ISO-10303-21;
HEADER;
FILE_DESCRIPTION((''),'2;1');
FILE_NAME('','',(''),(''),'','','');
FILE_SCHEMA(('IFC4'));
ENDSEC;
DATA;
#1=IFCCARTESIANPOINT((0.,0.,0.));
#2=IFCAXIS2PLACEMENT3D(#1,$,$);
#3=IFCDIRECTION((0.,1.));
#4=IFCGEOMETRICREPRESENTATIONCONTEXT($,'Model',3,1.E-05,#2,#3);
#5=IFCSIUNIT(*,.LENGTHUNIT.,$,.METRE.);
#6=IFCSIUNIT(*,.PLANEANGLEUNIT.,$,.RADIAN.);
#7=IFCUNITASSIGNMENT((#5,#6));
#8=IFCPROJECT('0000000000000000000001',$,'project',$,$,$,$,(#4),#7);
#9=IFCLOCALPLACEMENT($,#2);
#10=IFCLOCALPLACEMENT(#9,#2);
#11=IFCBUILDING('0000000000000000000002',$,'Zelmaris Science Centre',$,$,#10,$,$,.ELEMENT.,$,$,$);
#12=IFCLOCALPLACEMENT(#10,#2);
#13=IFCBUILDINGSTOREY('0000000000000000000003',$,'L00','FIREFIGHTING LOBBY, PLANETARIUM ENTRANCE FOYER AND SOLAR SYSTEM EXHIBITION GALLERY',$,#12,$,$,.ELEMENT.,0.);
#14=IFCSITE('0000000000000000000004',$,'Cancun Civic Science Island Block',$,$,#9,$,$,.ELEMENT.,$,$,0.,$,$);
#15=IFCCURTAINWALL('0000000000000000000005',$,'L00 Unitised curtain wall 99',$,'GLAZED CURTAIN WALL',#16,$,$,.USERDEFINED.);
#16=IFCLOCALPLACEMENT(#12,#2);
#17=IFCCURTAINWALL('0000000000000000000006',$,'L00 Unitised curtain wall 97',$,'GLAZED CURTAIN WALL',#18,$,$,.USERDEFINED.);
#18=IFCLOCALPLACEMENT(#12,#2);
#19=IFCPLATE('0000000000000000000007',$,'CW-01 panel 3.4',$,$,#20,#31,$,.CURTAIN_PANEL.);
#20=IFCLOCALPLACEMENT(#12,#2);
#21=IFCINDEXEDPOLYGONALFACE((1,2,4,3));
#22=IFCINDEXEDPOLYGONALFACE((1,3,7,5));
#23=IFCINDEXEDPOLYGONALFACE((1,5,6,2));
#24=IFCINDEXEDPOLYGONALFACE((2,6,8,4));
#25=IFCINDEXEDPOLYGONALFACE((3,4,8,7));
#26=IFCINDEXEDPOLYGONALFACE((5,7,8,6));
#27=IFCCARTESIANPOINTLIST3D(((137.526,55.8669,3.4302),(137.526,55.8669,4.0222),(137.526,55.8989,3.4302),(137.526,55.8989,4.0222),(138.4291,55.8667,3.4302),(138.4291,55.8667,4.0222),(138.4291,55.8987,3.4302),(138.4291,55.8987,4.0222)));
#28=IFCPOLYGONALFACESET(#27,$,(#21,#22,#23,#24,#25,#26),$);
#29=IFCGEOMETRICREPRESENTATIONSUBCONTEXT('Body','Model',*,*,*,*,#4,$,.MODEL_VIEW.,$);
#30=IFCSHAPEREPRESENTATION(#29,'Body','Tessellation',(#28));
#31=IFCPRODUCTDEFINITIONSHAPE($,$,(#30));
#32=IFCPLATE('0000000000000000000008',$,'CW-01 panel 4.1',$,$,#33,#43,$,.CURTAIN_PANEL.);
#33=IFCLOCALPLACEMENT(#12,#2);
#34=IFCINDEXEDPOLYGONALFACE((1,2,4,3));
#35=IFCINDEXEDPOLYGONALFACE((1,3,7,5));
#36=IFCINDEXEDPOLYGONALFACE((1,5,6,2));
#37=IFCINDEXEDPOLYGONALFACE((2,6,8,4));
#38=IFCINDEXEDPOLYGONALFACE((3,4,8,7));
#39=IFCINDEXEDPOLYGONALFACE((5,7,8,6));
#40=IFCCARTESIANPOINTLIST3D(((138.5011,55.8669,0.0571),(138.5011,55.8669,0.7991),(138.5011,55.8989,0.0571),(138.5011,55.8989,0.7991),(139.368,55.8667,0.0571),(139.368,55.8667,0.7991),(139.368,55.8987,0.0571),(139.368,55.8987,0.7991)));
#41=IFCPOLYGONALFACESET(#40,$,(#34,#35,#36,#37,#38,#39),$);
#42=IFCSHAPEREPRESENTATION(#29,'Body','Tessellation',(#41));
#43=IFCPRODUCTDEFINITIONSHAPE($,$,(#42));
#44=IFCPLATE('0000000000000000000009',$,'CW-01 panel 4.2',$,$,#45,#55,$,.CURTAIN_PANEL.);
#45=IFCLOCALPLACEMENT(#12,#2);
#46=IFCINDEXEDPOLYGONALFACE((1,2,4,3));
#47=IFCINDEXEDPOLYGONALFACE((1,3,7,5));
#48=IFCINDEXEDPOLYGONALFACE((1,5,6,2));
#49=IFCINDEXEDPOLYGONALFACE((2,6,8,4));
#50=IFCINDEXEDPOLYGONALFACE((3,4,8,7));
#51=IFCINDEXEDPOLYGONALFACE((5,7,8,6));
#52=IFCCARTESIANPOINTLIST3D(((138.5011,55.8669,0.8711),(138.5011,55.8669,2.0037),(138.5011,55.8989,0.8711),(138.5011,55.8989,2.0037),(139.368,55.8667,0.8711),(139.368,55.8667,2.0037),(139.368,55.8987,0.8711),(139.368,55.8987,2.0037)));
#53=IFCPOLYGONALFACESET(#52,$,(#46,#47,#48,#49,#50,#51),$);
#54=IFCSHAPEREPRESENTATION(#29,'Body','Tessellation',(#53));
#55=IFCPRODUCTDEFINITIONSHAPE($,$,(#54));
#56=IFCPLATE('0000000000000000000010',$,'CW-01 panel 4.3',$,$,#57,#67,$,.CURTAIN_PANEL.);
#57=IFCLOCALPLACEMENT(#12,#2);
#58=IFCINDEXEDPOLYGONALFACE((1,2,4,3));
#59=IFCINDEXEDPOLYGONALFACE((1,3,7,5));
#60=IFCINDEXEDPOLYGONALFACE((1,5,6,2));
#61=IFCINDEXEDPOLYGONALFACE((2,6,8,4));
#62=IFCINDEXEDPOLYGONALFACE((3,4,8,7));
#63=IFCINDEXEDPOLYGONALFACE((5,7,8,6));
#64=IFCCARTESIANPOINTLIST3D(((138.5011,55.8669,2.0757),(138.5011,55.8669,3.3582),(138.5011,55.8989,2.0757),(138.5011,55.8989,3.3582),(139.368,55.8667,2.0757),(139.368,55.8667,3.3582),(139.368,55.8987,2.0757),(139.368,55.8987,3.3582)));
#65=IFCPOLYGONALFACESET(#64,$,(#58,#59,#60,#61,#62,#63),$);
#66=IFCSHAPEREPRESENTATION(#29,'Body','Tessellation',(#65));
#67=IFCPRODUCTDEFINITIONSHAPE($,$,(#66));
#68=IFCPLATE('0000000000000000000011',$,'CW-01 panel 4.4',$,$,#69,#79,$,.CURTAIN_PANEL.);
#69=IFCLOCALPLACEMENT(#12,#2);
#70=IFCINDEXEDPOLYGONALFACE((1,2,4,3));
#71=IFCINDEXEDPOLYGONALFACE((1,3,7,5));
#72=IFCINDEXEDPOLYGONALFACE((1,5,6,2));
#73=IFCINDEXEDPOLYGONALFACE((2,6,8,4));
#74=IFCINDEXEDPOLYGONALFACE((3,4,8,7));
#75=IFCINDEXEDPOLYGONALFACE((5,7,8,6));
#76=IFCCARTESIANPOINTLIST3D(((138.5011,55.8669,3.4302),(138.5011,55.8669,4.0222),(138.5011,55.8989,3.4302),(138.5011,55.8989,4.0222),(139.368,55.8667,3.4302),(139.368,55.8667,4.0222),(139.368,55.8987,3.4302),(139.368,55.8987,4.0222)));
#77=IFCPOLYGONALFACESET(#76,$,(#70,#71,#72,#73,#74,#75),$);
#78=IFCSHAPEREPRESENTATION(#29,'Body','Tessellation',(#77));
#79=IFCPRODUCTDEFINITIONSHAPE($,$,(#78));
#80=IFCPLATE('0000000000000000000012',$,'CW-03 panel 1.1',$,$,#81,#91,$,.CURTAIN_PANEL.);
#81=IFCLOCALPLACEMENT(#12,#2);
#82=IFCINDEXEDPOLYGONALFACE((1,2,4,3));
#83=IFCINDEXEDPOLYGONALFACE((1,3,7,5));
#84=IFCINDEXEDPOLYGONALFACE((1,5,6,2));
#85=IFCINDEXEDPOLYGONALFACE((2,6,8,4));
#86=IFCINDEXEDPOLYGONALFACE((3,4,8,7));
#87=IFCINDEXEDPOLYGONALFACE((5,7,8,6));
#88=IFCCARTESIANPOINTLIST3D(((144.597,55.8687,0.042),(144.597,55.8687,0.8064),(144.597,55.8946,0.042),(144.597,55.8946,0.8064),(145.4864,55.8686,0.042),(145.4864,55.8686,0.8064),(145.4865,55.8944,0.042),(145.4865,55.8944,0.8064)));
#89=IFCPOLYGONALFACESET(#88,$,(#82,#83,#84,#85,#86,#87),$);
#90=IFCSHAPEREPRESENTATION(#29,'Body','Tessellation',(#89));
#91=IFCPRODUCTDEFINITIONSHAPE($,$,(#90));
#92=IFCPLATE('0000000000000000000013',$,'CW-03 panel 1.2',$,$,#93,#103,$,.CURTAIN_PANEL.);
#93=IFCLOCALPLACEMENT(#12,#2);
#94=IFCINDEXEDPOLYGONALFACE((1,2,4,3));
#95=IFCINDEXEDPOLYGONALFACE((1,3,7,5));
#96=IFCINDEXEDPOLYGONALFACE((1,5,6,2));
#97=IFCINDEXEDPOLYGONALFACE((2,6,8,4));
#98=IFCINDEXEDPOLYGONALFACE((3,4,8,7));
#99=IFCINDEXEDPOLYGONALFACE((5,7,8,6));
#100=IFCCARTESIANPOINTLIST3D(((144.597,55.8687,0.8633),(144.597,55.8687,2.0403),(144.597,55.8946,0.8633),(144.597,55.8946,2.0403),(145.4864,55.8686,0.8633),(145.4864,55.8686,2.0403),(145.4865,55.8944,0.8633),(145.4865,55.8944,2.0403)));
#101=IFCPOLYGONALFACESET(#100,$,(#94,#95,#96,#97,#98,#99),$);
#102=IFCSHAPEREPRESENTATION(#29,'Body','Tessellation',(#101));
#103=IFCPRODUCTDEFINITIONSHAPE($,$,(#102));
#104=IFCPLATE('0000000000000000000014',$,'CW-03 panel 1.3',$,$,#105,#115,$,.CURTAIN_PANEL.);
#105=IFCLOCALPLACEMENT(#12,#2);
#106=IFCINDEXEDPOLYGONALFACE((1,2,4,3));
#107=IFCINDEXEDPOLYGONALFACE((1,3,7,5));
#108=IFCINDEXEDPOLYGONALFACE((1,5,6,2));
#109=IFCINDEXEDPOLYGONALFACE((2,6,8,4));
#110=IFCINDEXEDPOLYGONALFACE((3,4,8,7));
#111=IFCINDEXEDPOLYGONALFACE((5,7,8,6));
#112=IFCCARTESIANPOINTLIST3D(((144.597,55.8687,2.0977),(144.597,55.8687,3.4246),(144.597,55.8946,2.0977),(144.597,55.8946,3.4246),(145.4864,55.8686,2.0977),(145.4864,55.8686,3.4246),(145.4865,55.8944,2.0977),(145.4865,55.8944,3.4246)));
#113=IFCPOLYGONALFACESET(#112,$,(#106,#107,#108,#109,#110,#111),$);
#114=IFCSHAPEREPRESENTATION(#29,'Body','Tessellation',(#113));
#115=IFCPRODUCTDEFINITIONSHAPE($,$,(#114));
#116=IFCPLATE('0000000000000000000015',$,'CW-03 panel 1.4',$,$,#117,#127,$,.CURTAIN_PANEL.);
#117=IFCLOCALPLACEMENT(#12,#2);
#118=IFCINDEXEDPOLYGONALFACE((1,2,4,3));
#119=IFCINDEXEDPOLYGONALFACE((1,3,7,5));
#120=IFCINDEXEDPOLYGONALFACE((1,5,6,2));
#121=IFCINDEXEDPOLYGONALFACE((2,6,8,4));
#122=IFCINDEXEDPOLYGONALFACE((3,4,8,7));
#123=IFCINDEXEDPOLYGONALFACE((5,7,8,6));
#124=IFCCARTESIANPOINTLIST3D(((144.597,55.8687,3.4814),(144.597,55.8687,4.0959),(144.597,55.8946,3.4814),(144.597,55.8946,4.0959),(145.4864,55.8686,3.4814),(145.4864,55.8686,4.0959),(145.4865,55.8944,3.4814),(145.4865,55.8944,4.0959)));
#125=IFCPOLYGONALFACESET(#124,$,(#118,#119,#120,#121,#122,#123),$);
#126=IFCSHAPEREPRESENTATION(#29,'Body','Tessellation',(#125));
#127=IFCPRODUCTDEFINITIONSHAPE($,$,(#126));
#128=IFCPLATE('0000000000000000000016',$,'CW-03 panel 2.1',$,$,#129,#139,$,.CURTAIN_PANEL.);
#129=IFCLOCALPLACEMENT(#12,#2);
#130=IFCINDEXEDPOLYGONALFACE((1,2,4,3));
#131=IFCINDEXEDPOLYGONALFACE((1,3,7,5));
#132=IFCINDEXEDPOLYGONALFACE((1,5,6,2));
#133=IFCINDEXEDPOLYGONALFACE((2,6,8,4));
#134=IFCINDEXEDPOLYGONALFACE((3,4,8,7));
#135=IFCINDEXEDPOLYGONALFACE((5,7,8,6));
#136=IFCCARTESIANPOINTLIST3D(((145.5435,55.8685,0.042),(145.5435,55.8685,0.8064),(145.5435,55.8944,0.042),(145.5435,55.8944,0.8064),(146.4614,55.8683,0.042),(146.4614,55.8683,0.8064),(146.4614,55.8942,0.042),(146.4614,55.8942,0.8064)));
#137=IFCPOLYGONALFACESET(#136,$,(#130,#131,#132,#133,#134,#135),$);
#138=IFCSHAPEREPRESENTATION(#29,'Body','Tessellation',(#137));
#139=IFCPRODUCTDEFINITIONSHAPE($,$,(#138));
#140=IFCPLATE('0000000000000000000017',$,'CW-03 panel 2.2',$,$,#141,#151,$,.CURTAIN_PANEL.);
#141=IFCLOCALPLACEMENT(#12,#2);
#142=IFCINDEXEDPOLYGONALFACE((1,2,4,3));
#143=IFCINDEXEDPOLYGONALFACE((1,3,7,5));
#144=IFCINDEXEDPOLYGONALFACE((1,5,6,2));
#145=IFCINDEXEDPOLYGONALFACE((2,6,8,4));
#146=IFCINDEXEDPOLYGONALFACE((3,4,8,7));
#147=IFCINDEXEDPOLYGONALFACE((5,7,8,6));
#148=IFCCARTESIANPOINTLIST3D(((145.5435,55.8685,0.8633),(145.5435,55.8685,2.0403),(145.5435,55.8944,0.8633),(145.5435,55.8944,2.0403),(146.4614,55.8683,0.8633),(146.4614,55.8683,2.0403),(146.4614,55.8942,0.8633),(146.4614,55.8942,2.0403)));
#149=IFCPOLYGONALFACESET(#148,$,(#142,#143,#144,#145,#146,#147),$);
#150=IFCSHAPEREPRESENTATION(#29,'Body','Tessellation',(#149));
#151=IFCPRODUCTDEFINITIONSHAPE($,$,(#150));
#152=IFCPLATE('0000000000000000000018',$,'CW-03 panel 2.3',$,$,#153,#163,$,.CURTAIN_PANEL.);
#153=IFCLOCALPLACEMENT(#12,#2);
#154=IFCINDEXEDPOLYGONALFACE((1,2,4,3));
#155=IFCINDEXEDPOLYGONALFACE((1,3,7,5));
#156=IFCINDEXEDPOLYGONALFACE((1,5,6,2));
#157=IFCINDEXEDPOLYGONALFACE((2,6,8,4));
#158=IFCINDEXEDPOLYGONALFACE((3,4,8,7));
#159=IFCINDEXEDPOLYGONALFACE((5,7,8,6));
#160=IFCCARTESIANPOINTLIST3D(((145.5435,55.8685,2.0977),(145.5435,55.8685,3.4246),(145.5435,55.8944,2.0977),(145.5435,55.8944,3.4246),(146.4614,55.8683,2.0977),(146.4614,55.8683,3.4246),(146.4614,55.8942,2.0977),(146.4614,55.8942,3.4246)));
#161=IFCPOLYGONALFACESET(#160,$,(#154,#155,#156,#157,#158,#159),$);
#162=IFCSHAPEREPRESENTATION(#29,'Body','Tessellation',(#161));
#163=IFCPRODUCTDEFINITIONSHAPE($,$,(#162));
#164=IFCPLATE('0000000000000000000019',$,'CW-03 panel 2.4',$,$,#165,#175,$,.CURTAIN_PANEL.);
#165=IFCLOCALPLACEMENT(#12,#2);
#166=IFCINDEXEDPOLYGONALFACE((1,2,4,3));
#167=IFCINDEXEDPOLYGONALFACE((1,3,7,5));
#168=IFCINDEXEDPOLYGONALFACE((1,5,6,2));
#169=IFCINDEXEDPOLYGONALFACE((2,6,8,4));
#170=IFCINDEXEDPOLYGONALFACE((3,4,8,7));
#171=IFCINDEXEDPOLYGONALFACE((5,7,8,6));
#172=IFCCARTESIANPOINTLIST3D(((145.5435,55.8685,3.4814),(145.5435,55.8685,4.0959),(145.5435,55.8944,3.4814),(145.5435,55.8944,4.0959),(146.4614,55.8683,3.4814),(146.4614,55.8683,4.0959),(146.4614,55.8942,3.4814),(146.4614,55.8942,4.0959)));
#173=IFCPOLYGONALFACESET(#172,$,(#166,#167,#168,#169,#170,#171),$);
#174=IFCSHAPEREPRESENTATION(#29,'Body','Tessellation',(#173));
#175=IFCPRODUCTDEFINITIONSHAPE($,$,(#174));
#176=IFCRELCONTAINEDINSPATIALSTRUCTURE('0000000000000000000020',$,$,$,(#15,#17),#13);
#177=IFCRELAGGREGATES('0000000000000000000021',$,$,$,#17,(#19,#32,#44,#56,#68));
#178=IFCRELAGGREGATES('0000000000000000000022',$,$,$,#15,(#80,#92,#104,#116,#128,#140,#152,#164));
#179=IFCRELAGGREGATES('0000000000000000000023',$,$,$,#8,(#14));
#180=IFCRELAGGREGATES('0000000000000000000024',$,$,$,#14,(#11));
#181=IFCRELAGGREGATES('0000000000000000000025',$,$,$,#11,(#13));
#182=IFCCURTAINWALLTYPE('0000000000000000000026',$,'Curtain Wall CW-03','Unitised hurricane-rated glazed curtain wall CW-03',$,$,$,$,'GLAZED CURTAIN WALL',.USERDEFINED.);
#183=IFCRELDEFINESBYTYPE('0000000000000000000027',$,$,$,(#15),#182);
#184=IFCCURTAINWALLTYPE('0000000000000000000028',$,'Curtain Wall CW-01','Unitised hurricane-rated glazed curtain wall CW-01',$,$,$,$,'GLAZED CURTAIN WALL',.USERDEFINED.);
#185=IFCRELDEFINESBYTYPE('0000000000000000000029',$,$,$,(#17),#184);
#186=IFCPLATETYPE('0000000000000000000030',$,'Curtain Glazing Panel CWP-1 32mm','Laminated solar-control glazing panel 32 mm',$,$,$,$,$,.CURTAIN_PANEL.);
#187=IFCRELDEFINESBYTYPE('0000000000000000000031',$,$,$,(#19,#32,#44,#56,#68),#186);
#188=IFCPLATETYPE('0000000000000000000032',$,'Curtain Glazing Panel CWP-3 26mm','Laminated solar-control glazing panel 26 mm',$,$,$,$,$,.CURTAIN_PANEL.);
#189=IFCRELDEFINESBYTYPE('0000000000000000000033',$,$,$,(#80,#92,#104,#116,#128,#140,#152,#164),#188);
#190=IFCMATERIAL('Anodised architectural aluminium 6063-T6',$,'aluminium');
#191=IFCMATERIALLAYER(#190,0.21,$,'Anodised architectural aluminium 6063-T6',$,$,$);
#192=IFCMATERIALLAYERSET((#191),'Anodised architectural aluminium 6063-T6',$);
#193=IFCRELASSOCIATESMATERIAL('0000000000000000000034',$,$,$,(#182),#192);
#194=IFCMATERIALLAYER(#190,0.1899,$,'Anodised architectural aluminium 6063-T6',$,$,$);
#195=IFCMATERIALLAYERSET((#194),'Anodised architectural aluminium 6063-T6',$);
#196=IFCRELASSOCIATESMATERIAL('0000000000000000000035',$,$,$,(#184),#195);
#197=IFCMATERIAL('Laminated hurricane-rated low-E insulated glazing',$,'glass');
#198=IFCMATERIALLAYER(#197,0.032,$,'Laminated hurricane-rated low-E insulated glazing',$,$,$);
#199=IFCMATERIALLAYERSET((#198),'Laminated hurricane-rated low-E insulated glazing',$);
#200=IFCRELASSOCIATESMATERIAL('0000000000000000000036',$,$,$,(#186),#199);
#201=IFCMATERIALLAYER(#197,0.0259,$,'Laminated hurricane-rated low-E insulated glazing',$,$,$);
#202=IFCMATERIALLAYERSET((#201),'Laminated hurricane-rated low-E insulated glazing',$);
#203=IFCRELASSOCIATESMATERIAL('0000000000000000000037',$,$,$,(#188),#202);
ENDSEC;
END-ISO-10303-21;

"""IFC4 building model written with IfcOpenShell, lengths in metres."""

from ifc_helpers import new_model, si_unit, direction, frame, origin, origin_2d, place, context, subcontext, project, spatial, rectangle, extrude, material, layer, layer_set, type_object, element, aggregate, save


model = new_model("IFC4")

# Units and contexts
model_context = context("Model", 3, precision=1e-05, world=origin(), true_north=direction((0.0, 1.0)))
body_context = subcontext(model_context, "Body", "Model", "MODEL_VIEW")
ifc_project = project(units=[si_unit("LENGTHUNIT", "METRE"), si_unit("PLANEANGLEUNIT", "RADIAN")], contexts=[model_context])

# Site, building, storey
site_placement = place(None, origin())
site = spatial("IfcSite", under=ifc_project, at=site_placement, Name="Cancun Civic Science Island Block", CompositionType="ELEMENT", RefElevation=0.0)
building_placement = place(site_placement, origin())
building = spatial("IfcBuilding", under=site, at=building_placement, Name="Zelmaris Science Centre", CompositionType="ELEMENT")
storey_placement = place(building_placement, origin())
storey = spatial("IfcBuildingStorey", under=building, at=storey_placement, Name="L00", Description="FIREFIGHTING LOBBY, PLANETARIUM ENTRANCE FOYER AND SOLAR SYSTEM EXHIBITION GALLERY", CompositionType="ELEMENT", Elevation=0.0)

# Curtain walls
ifc_material_1 = material(Name="Anodised architectural aluminium 6063-T6", Category="aluminium")
ifc_layer_1 = layer(ifc_material_1, 0.21, Name="Anodised architectural aluminium 6063-T6")
ifc_layer_set_1 = layer_set([ifc_layer_1], Name="Anodised architectural aluminium 6063-T6")
curtain_wall_type_1 = type_object("IfcCurtainWallType", Name="Curtain Wall CW-03", Description="Unitised hurricane-rated glazed curtain wall CW-03", ElementType="GLAZED CURTAIN WALL", PredefinedType="USERDEFINED", material=ifc_layer_set_1)
curtain_wall_1_placement = place(storey_placement, origin())
curtain_wall_1 = element("IfcCurtainWall", 1, at=curtain_wall_1_placement, inside=storey, type_object=curtain_wall_type_1, Name="L00 Unitised curtain wall 99", ObjectType="GLAZED CURTAIN WALL", PredefinedType="USERDEFINED")
ifc_layer_2 = layer(ifc_material_1, 0.1899, Name="Anodised architectural aluminium 6063-T6")
ifc_layer_set_2 = layer_set([ifc_layer_2], Name="Anodised architectural aluminium 6063-T6")
curtain_wall_type_2 = type_object("IfcCurtainWallType", Name="Curtain Wall CW-01", Description="Unitised hurricane-rated glazed curtain wall CW-01", ElementType="GLAZED CURTAIN WALL", PredefinedType="USERDEFINED", material=ifc_layer_set_2)
curtain_wall_2_placement = place(storey_placement, origin())
curtain_wall_2 = element("IfcCurtainWall", 2, at=curtain_wall_2_placement, inside=storey, type_object=curtain_wall_type_2, Name="L00 Unitised curtain wall 97", ObjectType="GLAZED CURTAIN WALL", PredefinedType="USERDEFINED")

# Plates
ifc_material_2 = material(Name="Laminated hurricane-rated low-E insulated glazing", Category="glass")
ifc_layer_3 = layer(ifc_material_2, 0.032, Name="Laminated hurricane-rated low-E insulated glazing")
ifc_layer_set_3 = layer_set([ifc_layer_3], Name="Laminated hurricane-rated low-E insulated glazing")
plate_type_1 = type_object("IfcPlateType", Name="Curtain Glazing Panel CWP-1 32mm", Description="Laminated solar-control glazing panel 32 mm", PredefinedType="CURTAIN_PANEL", material=ifc_layer_set_3)
plate_1_placement = place(storey_placement, frame((137.9775, 55.8828, 3.4302), z_axis=(0.0, 0.0, 1.0), x_axis=(1.0, -0.000179, 0.0)))
plate_1 = element("IfcPlate", 3, at=plate_1_placement, type_object=plate_type_1, Name="CW-01 panel 3.4", PredefinedType="CURTAIN_PANEL", context=body_context, shape_type="SweptSolid", body=[
    extrude(rectangle(XDim=0.9031, YDim=0.032, at=origin_2d()), origin(), (0.0, 0.0, 1.0), 0.592),
])
plate_2_placement = place(storey_placement, frame((138.9346, 55.8828, 0.0571), z_axis=(0.0, 0.0, 1.0), x_axis=(1.0, -0.000179, 0.0)))
plate_2 = element("IfcPlate", 4, at=plate_2_placement, type_object=plate_type_1, Name="CW-01 panel 4.1", PredefinedType="CURTAIN_PANEL", context=body_context, shape_type="SweptSolid", body=[
    extrude(rectangle(XDim=0.8669, YDim=0.032, at=origin_2d()), origin(), (0.0, 0.0, 1.0), 0.7419),
])
plate_3_placement = place(storey_placement, frame((138.9346, 55.8828, 0.8711), z_axis=(0.0, 0.0, 1.0), x_axis=(1.0, -0.000179, 0.0)))
plate_3 = element("IfcPlate", 5, at=plate_3_placement, type_object=plate_type_1, Name="CW-01 panel 4.2", PredefinedType="CURTAIN_PANEL", context=body_context, shape_type="SweptSolid", body=[
    extrude(rectangle(XDim=0.8669, YDim=0.032, at=origin_2d()), origin(), (0.0, 0.0, 1.0), 1.1326),
])
plate_4_placement = place(storey_placement, frame((138.9346, 55.8828, 2.0757), z_axis=(0.0, 0.0, 1.0), x_axis=(1.0, -0.000179, 0.0)))
plate_4 = element("IfcPlate", 6, at=plate_4_placement, type_object=plate_type_1, Name="CW-01 panel 4.3", PredefinedType="CURTAIN_PANEL", context=body_context, shape_type="SweptSolid", body=[
    extrude(rectangle(XDim=0.8669, YDim=0.032, at=origin_2d()), origin(), (0.0, 0.0, 1.0), 1.2825),
])
plate_5_placement = place(storey_placement, frame((138.9346, 55.8828, 3.4302), z_axis=(0.0, 0.0, 1.0), x_axis=(1.0, -0.000179, 0.0)))
plate_5 = element("IfcPlate", 7, at=plate_5_placement, type_object=plate_type_1, Name="CW-01 panel 4.4", PredefinedType="CURTAIN_PANEL", context=body_context, shape_type="SweptSolid", body=[
    extrude(rectangle(XDim=0.8669, YDim=0.032, at=origin_2d()), origin(), (0.0, 0.0, 1.0), 0.592),
])
aggregate(curtain_wall_2, [plate_1, plate_2, plate_3, plate_4, plate_5])
ifc_layer_4 = layer(ifc_material_2, 0.0259, Name="Laminated hurricane-rated low-E insulated glazing")
ifc_layer_set_4 = layer_set([ifc_layer_4], Name="Laminated hurricane-rated low-E insulated glazing")
plate_type_2 = type_object("IfcPlateType", Name="Curtain Glazing Panel CWP-3 26mm", Description="Laminated solar-control glazing panel 26 mm", PredefinedType="CURTAIN_PANEL", material=ifc_layer_set_4)
plate_6_placement = place(storey_placement, frame((145.0417, 55.8816, 0.042), z_axis=(0.0, 0.0, 1.0), x_axis=(1.0, -0.000205, 0.0)))
plate_6 = element("IfcPlate", 8, at=plate_6_placement, type_object=plate_type_2, Name="CW-03 panel 1.1", PredefinedType="CURTAIN_PANEL", context=body_context, shape_type="SweptSolid", body=[
    extrude(rectangle(XDim=0.8894, YDim=0.0259, at=origin_2d()), origin(), (0.0, 0.0, 1.0), 0.7644),
])
plate_7_placement = place(storey_placement, frame((145.0417, 55.8816, 0.8633), z_axis=(0.0, 0.0, 1.0), x_axis=(1.0, -0.000205, 0.0)))
plate_7 = element("IfcPlate", 9, at=plate_7_placement, type_object=plate_type_2, Name="CW-03 panel 1.2", PredefinedType="CURTAIN_PANEL", context=body_context, shape_type="SweptSolid", body=[
    extrude(rectangle(XDim=0.8894, YDim=0.0259, at=origin_2d()), origin(), (0.0, 0.0, 1.0), 1.177),
])
plate_8_placement = place(storey_placement, frame((145.0417, 55.8816, 2.0977), z_axis=(0.0, 0.0, 1.0), x_axis=(1.0, -0.000205, 0.0)))
plate_8 = element("IfcPlate", 10, at=plate_8_placement, type_object=plate_type_2, Name="CW-03 panel 1.3", PredefinedType="CURTAIN_PANEL", context=body_context, shape_type="SweptSolid", body=[
    extrude(rectangle(XDim=0.8894, YDim=0.0259, at=origin_2d()), origin(), (0.0, 0.0, 1.0), 1.3269),
])
plate_9_placement = place(storey_placement, frame((145.0417, 55.8816, 3.4814), z_axis=(0.0, 0.0, 1.0), x_axis=(1.0, -0.000205, 0.0)))
plate_9 = element("IfcPlate", 11, at=plate_9_placement, type_object=plate_type_2, Name="CW-03 panel 1.4", PredefinedType="CURTAIN_PANEL", context=body_context, shape_type="SweptSolid", body=[
    extrude(rectangle(XDim=0.8894, YDim=0.0259, at=origin_2d()), origin(), (0.0, 0.0, 1.0), 0.6145),
])
plate_10_placement = place(storey_placement, frame((146.0024, 55.8813, 0.042), z_axis=(0.0, 0.0, 1.0), x_axis=(1.0, -0.000205, 0.0)))
plate_10 = element("IfcPlate", 12, at=plate_10_placement, type_object=plate_type_2, Name="CW-03 panel 2.1", PredefinedType="CURTAIN_PANEL", context=body_context, shape_type="SweptSolid", body=[
    extrude(rectangle(XDim=0.918, YDim=0.0259, at=origin_2d()), origin(), (0.0, 0.0, 1.0), 0.7644),
])
plate_11_placement = place(storey_placement, frame((146.0024, 55.8813, 0.8633), z_axis=(0.0, 0.0, 1.0), x_axis=(1.0, -0.000205, 0.0)))
plate_11 = element("IfcPlate", 13, at=plate_11_placement, type_object=plate_type_2, Name="CW-03 panel 2.2", PredefinedType="CURTAIN_PANEL", context=body_context, shape_type="SweptSolid", body=[
    extrude(rectangle(XDim=0.918, YDim=0.0259, at=origin_2d()), origin(), (0.0, 0.0, 1.0), 1.177),
])
plate_12_placement = place(storey_placement, frame((146.0024, 55.8813, 2.0977), z_axis=(0.0, 0.0, 1.0), x_axis=(1.0, -0.000205, 0.0)))
plate_12 = element("IfcPlate", 14, at=plate_12_placement, type_object=plate_type_2, Name="CW-03 panel 2.3", PredefinedType="CURTAIN_PANEL", context=body_context, shape_type="SweptSolid", body=[
    extrude(rectangle(XDim=0.918, YDim=0.0259, at=origin_2d()), origin(), (0.0, 0.0, 1.0), 1.3269),
])
plate_13_placement = place(storey_placement, frame((146.0024, 55.8813, 3.4814), z_axis=(0.0, 0.0, 1.0), x_axis=(1.0, -0.000205, 0.0)))
plate_13 = element("IfcPlate", 15, at=plate_13_placement, type_object=plate_type_2, Name="CW-03 panel 2.4", PredefinedType="CURTAIN_PANEL", context=body_context, shape_type="SweptSolid", body=[
    extrude(rectangle(XDim=0.918, YDim=0.0259, at=origin_2d()), origin(), (0.0, 0.0, 1.0), 0.6145),
])
aggregate(curtain_wall_1, [plate_6, plate_7, plate_8, plate_9, plate_10, plate_11, plate_12, plate_13])

save(model, "model.ifc")
